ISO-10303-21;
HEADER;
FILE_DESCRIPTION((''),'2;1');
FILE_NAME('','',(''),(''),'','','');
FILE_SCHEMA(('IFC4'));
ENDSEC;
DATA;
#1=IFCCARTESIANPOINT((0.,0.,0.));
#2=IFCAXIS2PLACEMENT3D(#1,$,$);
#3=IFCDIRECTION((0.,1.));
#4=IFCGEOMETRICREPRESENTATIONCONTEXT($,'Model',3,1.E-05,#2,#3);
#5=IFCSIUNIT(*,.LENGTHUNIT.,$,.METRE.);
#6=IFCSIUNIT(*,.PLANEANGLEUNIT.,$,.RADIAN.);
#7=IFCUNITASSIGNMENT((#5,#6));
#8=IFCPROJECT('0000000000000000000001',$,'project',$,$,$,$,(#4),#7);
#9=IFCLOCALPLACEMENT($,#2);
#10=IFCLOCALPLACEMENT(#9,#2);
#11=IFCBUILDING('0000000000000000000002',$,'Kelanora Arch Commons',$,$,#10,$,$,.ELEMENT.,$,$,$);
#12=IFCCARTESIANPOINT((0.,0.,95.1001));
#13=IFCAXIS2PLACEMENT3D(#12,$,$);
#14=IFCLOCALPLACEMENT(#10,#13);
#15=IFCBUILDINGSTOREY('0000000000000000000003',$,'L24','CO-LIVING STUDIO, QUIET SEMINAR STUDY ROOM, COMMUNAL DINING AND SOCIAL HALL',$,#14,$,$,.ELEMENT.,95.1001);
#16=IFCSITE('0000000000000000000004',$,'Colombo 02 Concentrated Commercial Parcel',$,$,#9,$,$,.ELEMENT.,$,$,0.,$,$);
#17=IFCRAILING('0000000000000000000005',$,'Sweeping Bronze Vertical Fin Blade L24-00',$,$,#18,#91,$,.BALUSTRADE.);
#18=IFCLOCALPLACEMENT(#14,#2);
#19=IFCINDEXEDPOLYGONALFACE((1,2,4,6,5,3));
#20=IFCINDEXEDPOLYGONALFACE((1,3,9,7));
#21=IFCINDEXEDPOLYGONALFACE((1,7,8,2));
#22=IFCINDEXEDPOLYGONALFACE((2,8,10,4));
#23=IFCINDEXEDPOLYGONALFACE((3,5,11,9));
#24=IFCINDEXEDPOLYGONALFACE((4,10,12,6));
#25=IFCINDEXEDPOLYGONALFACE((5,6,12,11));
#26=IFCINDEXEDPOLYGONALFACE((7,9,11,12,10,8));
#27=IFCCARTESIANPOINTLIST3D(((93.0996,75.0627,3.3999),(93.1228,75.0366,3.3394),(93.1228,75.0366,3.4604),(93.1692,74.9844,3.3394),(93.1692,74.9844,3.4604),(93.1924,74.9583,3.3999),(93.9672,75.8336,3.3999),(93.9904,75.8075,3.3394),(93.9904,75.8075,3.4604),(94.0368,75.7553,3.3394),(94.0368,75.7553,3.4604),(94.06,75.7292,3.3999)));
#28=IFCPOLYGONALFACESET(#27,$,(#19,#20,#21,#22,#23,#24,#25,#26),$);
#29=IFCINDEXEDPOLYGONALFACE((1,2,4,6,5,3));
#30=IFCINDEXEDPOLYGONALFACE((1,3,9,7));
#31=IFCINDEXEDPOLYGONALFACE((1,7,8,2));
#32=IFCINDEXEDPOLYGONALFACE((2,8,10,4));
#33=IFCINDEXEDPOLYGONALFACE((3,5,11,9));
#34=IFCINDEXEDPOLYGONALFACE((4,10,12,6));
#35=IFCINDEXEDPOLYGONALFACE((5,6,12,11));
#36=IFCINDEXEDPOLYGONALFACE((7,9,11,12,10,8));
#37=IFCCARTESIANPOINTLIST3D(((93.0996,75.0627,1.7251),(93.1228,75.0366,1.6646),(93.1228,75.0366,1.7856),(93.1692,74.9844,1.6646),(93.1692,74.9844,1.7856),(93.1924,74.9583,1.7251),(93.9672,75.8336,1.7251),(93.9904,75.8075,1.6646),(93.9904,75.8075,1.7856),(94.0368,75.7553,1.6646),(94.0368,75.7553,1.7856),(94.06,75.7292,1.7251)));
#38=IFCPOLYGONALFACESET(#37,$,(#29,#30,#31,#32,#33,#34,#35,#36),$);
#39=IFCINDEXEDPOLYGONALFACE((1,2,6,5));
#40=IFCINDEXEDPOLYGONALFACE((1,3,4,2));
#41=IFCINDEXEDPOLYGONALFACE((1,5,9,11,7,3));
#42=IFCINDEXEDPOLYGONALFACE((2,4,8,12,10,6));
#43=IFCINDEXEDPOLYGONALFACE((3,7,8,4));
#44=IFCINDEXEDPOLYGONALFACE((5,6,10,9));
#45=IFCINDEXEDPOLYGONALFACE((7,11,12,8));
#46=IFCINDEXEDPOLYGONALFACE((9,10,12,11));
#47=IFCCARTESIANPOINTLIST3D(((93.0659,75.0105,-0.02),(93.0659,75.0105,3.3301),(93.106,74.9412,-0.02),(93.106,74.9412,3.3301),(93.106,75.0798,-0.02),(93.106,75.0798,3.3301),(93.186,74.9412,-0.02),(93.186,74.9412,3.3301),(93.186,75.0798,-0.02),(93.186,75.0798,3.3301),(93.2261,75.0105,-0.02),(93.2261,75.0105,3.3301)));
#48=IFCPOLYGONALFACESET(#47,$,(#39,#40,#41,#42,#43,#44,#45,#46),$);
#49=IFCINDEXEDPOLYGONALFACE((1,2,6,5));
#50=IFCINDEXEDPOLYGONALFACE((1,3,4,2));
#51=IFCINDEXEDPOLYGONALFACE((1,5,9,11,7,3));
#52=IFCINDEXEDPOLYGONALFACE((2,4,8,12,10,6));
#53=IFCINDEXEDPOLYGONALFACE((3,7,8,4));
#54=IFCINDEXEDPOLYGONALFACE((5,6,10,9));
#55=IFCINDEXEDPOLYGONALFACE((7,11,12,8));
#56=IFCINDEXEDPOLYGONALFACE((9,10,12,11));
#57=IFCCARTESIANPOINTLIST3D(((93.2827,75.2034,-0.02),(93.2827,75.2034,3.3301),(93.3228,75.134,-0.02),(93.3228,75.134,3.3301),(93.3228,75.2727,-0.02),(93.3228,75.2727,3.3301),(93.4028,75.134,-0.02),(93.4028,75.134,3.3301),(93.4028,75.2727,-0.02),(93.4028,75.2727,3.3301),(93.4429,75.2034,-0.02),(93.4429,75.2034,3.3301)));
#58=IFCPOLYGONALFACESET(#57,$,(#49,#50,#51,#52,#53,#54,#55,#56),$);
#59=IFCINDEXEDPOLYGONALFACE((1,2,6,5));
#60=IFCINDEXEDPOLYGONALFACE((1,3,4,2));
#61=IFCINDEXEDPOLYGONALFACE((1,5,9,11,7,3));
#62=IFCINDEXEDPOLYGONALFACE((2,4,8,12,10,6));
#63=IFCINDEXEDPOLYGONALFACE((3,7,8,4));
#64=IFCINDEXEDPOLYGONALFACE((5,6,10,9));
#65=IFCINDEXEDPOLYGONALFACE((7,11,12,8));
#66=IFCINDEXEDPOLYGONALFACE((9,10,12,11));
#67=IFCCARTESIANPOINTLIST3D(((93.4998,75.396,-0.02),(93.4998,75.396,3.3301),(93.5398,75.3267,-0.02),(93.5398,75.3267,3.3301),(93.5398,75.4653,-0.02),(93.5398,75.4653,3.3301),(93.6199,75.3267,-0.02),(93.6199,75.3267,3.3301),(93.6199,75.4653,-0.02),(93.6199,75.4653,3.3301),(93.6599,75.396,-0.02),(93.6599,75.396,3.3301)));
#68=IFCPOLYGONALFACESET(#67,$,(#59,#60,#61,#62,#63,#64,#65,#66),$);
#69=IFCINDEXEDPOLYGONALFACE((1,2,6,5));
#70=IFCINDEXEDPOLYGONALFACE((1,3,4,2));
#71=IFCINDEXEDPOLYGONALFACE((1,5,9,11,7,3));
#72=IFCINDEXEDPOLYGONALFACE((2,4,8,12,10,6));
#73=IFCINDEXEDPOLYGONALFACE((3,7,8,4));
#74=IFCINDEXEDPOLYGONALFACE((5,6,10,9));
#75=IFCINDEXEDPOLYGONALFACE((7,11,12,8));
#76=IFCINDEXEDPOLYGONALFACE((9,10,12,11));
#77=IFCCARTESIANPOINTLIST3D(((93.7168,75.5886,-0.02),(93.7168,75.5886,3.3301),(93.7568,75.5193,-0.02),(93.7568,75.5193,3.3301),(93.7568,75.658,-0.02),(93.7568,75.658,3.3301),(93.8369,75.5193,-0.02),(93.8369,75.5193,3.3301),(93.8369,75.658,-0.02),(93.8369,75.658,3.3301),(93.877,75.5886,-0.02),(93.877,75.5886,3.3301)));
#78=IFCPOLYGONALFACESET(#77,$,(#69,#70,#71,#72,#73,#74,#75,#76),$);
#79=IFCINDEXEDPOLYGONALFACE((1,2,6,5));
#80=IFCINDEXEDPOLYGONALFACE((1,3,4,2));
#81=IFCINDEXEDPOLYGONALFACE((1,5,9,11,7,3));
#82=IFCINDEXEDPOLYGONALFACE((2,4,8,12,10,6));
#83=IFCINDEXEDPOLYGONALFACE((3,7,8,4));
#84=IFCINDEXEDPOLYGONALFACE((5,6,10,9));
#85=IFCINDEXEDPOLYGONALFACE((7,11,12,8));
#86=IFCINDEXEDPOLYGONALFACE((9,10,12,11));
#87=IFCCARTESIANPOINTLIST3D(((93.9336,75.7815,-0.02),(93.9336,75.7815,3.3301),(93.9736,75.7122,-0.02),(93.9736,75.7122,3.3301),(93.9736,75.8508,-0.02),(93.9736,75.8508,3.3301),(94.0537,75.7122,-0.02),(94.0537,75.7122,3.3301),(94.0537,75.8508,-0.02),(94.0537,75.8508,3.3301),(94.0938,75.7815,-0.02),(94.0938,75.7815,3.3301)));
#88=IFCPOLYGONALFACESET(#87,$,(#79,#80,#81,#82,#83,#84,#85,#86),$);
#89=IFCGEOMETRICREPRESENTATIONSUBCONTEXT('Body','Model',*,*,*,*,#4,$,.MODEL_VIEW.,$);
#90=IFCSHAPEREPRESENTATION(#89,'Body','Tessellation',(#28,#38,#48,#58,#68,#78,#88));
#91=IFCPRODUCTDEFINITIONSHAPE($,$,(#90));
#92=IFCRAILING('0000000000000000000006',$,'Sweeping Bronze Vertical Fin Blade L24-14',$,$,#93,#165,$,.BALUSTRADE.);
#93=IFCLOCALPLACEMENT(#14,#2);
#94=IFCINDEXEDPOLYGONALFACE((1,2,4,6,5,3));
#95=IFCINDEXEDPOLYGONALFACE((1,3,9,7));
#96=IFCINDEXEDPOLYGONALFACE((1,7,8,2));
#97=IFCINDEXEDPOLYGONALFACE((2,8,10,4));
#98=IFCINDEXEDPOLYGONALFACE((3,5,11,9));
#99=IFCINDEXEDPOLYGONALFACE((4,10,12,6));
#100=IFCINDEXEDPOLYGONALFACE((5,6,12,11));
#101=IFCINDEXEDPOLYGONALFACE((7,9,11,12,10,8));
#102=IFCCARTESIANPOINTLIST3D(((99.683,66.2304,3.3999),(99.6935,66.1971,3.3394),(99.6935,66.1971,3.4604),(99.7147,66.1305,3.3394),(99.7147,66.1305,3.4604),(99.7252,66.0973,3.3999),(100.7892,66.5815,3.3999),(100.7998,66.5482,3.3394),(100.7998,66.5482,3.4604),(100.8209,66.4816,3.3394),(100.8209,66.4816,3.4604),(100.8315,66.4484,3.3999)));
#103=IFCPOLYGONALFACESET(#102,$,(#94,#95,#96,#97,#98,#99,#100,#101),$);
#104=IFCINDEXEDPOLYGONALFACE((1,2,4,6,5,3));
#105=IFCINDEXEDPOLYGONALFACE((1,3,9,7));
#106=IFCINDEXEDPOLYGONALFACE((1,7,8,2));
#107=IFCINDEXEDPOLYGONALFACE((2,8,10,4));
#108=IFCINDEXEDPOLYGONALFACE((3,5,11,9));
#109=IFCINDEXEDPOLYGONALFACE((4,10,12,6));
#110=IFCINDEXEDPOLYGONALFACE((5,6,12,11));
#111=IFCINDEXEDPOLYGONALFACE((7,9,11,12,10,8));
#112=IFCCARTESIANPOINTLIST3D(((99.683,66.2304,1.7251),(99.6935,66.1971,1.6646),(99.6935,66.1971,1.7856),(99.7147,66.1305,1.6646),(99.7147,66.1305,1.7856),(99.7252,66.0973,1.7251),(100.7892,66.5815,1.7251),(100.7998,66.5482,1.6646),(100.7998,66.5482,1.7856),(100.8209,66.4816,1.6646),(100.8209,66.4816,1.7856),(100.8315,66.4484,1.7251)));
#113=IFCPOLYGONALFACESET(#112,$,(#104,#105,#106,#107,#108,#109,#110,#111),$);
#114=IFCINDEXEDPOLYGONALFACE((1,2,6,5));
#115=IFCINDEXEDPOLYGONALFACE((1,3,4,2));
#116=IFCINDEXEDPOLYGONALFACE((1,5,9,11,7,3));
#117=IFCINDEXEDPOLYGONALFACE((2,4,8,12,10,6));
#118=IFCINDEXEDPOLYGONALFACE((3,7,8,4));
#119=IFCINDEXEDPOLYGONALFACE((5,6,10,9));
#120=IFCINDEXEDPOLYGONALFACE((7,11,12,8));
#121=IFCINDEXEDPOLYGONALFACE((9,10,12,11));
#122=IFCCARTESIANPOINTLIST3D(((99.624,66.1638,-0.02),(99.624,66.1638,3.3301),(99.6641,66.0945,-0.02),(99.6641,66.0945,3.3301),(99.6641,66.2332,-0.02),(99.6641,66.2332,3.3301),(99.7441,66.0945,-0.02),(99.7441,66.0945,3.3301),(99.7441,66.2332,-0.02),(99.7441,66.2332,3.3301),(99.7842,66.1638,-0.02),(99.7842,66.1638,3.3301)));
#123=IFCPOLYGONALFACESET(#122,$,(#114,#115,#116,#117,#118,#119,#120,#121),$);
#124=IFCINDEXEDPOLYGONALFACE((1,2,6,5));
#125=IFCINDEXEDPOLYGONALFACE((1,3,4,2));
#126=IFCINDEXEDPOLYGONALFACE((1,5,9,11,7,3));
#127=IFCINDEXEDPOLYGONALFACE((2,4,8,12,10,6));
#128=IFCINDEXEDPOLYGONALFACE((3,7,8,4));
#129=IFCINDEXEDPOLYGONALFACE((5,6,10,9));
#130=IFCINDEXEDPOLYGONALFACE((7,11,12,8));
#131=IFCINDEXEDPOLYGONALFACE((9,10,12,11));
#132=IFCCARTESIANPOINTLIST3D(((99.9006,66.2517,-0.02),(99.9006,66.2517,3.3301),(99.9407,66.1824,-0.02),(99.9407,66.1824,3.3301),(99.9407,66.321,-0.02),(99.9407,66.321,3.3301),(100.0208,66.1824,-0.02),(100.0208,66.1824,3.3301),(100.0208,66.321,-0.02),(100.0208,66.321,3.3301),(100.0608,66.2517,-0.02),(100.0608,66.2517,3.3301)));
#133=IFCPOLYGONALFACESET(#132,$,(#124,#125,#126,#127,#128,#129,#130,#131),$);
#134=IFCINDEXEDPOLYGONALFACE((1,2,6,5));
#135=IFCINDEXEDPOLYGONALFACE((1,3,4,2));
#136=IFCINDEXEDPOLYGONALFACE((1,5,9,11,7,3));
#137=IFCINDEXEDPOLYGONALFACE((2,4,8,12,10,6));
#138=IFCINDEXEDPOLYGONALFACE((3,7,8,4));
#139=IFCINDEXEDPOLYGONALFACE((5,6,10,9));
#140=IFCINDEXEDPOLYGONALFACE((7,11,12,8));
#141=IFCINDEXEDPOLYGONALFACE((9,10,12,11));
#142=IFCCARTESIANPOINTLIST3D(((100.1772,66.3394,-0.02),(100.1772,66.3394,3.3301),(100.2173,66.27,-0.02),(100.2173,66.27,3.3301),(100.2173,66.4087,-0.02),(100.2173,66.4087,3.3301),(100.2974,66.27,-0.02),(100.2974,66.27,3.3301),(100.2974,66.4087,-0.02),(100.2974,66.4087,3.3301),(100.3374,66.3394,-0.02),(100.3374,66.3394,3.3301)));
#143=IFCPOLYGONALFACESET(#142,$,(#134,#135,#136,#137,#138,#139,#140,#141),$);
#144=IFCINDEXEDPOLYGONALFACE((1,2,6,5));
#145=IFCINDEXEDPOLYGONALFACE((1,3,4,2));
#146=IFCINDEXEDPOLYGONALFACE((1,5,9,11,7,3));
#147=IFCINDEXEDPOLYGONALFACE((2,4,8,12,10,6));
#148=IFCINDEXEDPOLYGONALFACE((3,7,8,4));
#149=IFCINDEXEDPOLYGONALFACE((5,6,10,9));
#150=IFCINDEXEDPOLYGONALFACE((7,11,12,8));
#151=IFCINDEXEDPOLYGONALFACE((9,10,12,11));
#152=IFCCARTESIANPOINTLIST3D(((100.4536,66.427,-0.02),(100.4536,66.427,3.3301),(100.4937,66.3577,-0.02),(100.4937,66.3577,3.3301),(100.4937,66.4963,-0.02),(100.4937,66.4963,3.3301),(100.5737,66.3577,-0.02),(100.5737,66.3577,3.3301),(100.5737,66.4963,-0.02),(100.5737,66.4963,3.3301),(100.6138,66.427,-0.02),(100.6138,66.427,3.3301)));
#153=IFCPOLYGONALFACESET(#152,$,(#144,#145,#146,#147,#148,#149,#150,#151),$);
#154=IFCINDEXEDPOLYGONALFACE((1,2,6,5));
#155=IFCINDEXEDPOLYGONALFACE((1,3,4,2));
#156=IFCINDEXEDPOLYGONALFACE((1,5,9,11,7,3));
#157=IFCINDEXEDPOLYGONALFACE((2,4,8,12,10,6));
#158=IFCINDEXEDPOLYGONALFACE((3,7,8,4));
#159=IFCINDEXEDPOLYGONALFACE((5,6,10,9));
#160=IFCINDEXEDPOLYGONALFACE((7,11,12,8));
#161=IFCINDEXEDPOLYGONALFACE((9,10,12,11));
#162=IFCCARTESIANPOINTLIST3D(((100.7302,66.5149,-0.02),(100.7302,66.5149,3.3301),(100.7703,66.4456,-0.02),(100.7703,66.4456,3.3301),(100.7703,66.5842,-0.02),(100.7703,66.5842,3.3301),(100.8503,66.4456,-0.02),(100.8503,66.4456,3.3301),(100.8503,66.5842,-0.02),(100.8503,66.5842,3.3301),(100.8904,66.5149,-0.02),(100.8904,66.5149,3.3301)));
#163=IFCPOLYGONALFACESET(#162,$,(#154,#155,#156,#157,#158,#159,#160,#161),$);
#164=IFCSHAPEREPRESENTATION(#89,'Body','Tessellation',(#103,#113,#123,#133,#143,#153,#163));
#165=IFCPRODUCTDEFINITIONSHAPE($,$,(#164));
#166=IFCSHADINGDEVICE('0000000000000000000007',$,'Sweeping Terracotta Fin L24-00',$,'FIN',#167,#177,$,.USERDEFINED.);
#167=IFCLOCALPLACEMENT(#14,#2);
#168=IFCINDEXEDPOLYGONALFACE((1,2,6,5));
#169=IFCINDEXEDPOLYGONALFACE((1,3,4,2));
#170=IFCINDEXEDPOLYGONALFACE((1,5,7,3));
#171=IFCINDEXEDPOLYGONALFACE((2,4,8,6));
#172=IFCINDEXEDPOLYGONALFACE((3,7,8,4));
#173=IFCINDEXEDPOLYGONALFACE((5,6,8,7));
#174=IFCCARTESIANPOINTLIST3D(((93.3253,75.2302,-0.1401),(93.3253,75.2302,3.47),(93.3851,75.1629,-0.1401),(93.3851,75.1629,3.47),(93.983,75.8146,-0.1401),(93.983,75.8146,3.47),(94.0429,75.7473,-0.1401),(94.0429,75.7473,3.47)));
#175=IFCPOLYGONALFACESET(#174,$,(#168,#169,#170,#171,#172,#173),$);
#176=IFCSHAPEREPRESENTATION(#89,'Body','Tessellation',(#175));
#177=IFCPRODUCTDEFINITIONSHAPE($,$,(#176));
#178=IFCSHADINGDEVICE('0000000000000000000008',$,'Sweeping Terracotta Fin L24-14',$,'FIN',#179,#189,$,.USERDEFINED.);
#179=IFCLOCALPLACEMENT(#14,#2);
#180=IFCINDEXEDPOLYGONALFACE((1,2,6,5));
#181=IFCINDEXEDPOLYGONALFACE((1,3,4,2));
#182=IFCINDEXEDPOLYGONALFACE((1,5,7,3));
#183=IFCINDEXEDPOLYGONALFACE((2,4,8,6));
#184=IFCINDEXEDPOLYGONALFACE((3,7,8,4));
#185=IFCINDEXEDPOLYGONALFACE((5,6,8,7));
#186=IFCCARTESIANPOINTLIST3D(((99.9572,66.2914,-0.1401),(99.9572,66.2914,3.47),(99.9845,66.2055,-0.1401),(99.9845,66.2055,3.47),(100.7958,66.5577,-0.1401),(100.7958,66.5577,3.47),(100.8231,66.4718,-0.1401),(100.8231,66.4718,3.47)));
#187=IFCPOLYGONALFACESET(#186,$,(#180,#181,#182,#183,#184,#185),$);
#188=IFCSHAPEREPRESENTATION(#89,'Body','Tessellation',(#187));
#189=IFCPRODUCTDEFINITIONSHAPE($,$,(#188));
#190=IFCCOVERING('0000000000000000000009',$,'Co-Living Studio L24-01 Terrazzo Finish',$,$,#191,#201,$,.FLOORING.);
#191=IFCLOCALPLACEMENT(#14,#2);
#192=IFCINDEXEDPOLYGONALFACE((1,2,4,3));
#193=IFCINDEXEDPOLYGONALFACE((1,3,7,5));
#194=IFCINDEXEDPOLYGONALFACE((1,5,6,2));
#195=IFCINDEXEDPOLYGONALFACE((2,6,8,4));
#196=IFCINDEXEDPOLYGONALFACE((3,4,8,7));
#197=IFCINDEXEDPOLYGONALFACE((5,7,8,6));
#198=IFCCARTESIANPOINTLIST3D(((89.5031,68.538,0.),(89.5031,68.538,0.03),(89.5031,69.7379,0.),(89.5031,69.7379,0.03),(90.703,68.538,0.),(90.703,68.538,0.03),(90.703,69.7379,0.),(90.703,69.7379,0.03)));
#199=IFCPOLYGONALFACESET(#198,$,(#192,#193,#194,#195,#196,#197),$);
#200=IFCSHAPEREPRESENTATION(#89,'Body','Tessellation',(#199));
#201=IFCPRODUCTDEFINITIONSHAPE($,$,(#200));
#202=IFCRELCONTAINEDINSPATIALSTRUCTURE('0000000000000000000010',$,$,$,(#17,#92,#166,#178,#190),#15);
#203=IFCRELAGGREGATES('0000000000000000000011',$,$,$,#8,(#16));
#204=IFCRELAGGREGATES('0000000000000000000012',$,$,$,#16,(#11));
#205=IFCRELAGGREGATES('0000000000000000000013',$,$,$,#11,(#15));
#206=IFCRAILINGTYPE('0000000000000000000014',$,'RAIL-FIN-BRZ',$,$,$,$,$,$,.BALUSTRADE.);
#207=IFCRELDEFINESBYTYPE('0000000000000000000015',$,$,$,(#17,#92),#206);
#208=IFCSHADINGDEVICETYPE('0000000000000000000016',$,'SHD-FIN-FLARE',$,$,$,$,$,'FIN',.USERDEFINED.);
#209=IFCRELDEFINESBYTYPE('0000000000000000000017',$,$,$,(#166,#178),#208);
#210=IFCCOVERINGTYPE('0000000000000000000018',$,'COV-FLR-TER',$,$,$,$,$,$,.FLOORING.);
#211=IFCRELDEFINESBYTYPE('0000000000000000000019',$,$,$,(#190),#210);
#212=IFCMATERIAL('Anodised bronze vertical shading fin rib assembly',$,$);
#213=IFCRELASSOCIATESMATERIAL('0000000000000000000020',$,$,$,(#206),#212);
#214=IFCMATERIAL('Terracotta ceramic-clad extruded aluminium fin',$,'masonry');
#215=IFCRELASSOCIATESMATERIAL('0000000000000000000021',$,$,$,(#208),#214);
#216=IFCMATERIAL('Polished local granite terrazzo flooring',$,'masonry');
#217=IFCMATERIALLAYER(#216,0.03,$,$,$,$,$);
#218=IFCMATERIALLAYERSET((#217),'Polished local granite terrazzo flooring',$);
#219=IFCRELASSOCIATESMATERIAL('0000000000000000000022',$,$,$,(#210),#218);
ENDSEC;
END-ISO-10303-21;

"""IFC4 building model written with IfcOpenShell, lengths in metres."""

from ifc_helpers import new_model, si_unit, direction, frame, origin, origin_2d, place, context, subcontext, project, spatial, polyline, rectangle, outline, extrude, source, transform, mapped, material, layer, layer_set, type_object, element, save


model = new_model("IFC4")

# Units and contexts
model_context = context("Model", 3, precision=1e-05, world=origin(), true_north=direction((0.0, 1.0)))
body_context = subcontext(model_context, "Body", "Model", "MODEL_VIEW")
ifc_project = project(units=[si_unit("LENGTHUNIT", "METRE"), si_unit("PLANEANGLEUNIT", "RADIAN")], contexts=[model_context])

# Site, building, storey
site_placement = place(None, origin())
site = spatial("IfcSite", under=ifc_project, at=site_placement, Name="Colombo 02 Concentrated Commercial Parcel", CompositionType="ELEMENT", RefElevation=0.0)
building_placement = place(site_placement, origin())
building = spatial("IfcBuilding", under=site, at=building_placement, Name="Kelanora Arch Commons", CompositionType="ELEMENT")
storey_placement = place(building_placement, frame((0.0, 0.0, 95.1001)))
storey = spatial("IfcBuildingStorey", under=building, at=storey_placement, Name="L24", Description="CO-LIVING STUDIO, QUIET SEMINAR STUDY ROOM, COMMUNAL DINING AND SOCIAL HALL", CompositionType="ELEMENT", Elevation=95.1001)

# Railings
ifc_material_1 = material(Name="Anodised bronze vertical shading fin rib assembly")
railing_type = type_object("IfcRailingType", Name="RAIL-FIN-BRZ", PredefinedType="BALUSTRADE", material=ifc_material_1)
railing_1_placement = place(storey_placement, frame((93.146, 75.0105, -0.02)))
element("IfcRailing", 1, at=railing_1_placement, inside=storey, type_object=railing_type, Name="Sweeping Bronze Vertical Fin Blade L24-00", PredefinedType="BALUSTRADE", context=body_context, shape_type="SweptSolid", body=[
    extrude(outline(polyline([(0.0698, 0.0), (0.0349, 0.0605), (-0.0349, 0.0605), (-0.0698, 0.0), (-0.0349, -0.0605), (0.0349, -0.0605), (0.0698, 0.0)])), frame((0.0, 0.0, 3.4199), z_axis=(0.747525, 0.664233, 0.0), x_axis=(-0.664233, 0.747525, 0.0)), (0.0, 0.0, 1.0), 1.1606),
    extrude(outline(polyline([(0.0698, 0.0), (0.0349, 0.0605), (-0.0349, 0.0605), (-0.0698, 0.0), (-0.0349, -0.0605), (0.0349, -0.0605), (0.0698, 0.0)])), frame((0.0, 0.0, 1.7451), z_axis=(0.747525, 0.664233, 0.0), x_axis=(-0.664233, 0.747525, 0.0)), (0.0, 0.0, 1.0), 1.1606),
    extrude(outline(polyline([(0.0801, 0.0), (0.04, 0.0693), (-0.04, 0.0693), (-0.0801, 0.0), (-0.04, -0.0693), (0.04, -0.0693), (0.0801, 0.0)])), origin(), (0.0, 0.0, 1.0), 3.3501),
    extrude(outline(polyline([(0.0801, 0.0), (0.04, 0.0693), (-0.04, 0.0693), (-0.0801, 0.0), (-0.04, -0.0693), (0.04, -0.0693), (0.0801, 0.0)])), frame((0.2168, 0.1929, 0.0)), (0.0, 0.0, 1.0), 3.3501),
    extrude(outline(polyline([(0.0801, 0.0), (0.04, 0.0693), (-0.04, 0.0693), (-0.0801, 0.0), (-0.04, -0.0693), (0.04, -0.0693), (0.0801, 0.0)])), frame((0.4338, 0.3855, 0.0)), (0.0, 0.0, 1.0), 3.3501),
    extrude(outline(polyline([(0.0801, 0.0), (0.04, 0.0693), (-0.04, 0.0693), (-0.0801, 0.0), (-0.04, -0.0693), (0.04, -0.0693), (0.0801, 0.0)])), frame((0.6509, 0.5781, 0.0)), (0.0, 0.0, 1.0), 3.3501),
    extrude(outline(polyline([(0.0801, 0.0), (0.04, 0.0693), (-0.04, 0.0693), (-0.0801, 0.0), (-0.04, -0.0693), (0.04, -0.0693), (0.0801, 0.0)])), frame((0.8677, 0.771, 0.0)), (0.0, 0.0, 1.0), 3.3501),
])
railing_2_placement = place(storey_placement, frame((99.7041, 66.1638, -0.02)))
element("IfcRailing", 2, at=railing_2_placement, inside=storey, type_object=railing_type, Name="Sweeping Bronze Vertical Fin Blade L24-14", PredefinedType="BALUSTRADE", context=body_context, shape_type="SweptSolid", body=[
    extrude(outline(polyline([(0.0698, 0.0), (0.0349, 0.0605), (-0.0349, 0.0605), (-0.0698, 0.0), (-0.0349, -0.0605), (0.0349, -0.0605), (0.0698, 0.0)])), frame((0.0, 0.0, 3.4199), z_axis=(0.953149, 0.3025, 0.0), x_axis=(-0.3025, 0.953149, 0.0)), (0.0, 0.0, 1.0), 1.1606),
    extrude(outline(polyline([(0.0698, 0.0), (0.0349, 0.0605), (-0.0349, 0.0605), (-0.0698, 0.0), (-0.0349, -0.0605), (0.0349, -0.0605), (0.0698, 0.0)])), frame((0.0, 0.0, 1.7451), z_axis=(0.953149, 0.3025, 0.0), x_axis=(-0.3025, 0.953149, 0.0)), (0.0, 0.0, 1.0), 1.1606),
    extrude(outline(polyline([(0.0801, 0.0), (0.04, 0.0693), (-0.04, 0.0693), (-0.0801, 0.0), (-0.04, -0.0693), (0.04, -0.0693), (0.0801, 0.0)])), origin(), (0.0, 0.0, 1.0), 3.3501),
    extrude(outline(polyline([(0.0801, 0.0), (0.04, 0.0693), (-0.04, 0.0693), (-0.0801, 0.0), (-0.04, -0.0693), (0.04, -0.0693), (0.0801, 0.0)])), frame((0.2766, 0.0879, 0.0)), (0.0, 0.0, 1.0), 3.3501),
    extrude(outline(polyline([(0.0801, 0.0), (0.04, 0.0693), (-0.04, 0.0693), (-0.0801, 0.0), (-0.04, -0.0693), (0.04, -0.0693), (0.0801, 0.0)])), frame((0.5532, 0.1755, 0.0)), (0.0, 0.0, 1.0), 3.3501),
    extrude(outline(polyline([(0.0801, 0.0), (0.04, 0.0693), (-0.04, 0.0693), (-0.0801, 0.0), (-0.04, -0.0693), (0.04, -0.0693), (0.0801, 0.0)])), frame((0.8296, 0.2632, 0.0)), (0.0, 0.0, 1.0), 3.3501),
    extrude(outline(polyline([(0.0801, 0.0), (0.04, 0.0693), (-0.04, 0.0693), (-0.0801, 0.0), (-0.04, -0.0693), (0.04, -0.0693), (0.0801, 0.0)])), frame((1.1062, 0.3511, 0.0)), (0.0, 0.0, 1.0), 3.3501),
])

# Shading devices
ifc_material_2 = material(Name="Terracotta ceramic-clad extruded aluminium fin", Category="masonry")
shading_device_type = type_object("IfcShadingDeviceType", Name="SHD-FIN-FLARE", ElementType="FIN", PredefinedType="USERDEFINED", material=ifc_material_2)
shared_shape_1 = source(origin(), body_context, "Body", "SweptSolid", [
    extrude(rectangle(XDim=0.8799, YDim=0.0901, at=origin_2d()), origin(), (0.0, 0.0, 1.0), 3.6101),
])
for number, where, z_axis, x_axis, name in (
    (3, (93.6841, 75.4888, -0.1401), (0.0, 0.0, 1.0), (0.747566, 0.664187, 0.0), "Sweeping Terracotta Fin L24-00"),
    (4, (100.3901, 66.3816, -0.1401), (0.0, 0.0, 1.0), (0.953085, 0.302703, 0.0), "Sweeping Terracotta Fin L24-14"),
):
    element("IfcShadingDevice", number, at=place(storey_placement, frame(where, z_axis=z_axis, x_axis=x_axis)), inside=storey, type_object=shading_device_type, Name=name, ObjectType="FIN", PredefinedType="USERDEFINED", context=body_context, shape_type="MappedRepresentation", body=[
        mapped(shared_shape_1, transform((0.0, 0.0, 0.0), scale=1.0)),
    ])

# Covering
ifc_material_3 = material(Name="Polished local granite terrazzo flooring", Category="masonry")
ifc_layer_1 = layer(ifc_material_3, 0.03)
ifc_layer_set_1 = layer_set([ifc_layer_1], Name="Polished local granite terrazzo flooring")
covering_type = type_object("IfcCoveringType", Name="COV-FLR-TER", PredefinedType="FLOORING", material=ifc_layer_set_1)
shared_shape_2 = source(origin(), body_context, "Body", "SweptSolid", [
    extrude(rectangle(XDim=1.2, YDim=1.2, at=origin_2d()), origin(), (0.0, 0.0, 1.0), 0.03),
])
covering_placement = place(storey_placement, frame((90.103, 69.1379, 0.0), z_axis=(0.0, 0.0, 1.0), x_axis=(1.0, 0.0, 0.0)))
element("IfcCovering", 5, at=covering_placement, inside=storey, type_object=covering_type, Name="Co-Living Studio L24-01 Terrazzo Finish", PredefinedType="FLOORING", context=body_context, shape_type="MappedRepresentation", body=[
    mapped(shared_shape_2, transform((0.0, 0.0, 0.0), scale=1.0)),
])

save(model, "model.ifc")
